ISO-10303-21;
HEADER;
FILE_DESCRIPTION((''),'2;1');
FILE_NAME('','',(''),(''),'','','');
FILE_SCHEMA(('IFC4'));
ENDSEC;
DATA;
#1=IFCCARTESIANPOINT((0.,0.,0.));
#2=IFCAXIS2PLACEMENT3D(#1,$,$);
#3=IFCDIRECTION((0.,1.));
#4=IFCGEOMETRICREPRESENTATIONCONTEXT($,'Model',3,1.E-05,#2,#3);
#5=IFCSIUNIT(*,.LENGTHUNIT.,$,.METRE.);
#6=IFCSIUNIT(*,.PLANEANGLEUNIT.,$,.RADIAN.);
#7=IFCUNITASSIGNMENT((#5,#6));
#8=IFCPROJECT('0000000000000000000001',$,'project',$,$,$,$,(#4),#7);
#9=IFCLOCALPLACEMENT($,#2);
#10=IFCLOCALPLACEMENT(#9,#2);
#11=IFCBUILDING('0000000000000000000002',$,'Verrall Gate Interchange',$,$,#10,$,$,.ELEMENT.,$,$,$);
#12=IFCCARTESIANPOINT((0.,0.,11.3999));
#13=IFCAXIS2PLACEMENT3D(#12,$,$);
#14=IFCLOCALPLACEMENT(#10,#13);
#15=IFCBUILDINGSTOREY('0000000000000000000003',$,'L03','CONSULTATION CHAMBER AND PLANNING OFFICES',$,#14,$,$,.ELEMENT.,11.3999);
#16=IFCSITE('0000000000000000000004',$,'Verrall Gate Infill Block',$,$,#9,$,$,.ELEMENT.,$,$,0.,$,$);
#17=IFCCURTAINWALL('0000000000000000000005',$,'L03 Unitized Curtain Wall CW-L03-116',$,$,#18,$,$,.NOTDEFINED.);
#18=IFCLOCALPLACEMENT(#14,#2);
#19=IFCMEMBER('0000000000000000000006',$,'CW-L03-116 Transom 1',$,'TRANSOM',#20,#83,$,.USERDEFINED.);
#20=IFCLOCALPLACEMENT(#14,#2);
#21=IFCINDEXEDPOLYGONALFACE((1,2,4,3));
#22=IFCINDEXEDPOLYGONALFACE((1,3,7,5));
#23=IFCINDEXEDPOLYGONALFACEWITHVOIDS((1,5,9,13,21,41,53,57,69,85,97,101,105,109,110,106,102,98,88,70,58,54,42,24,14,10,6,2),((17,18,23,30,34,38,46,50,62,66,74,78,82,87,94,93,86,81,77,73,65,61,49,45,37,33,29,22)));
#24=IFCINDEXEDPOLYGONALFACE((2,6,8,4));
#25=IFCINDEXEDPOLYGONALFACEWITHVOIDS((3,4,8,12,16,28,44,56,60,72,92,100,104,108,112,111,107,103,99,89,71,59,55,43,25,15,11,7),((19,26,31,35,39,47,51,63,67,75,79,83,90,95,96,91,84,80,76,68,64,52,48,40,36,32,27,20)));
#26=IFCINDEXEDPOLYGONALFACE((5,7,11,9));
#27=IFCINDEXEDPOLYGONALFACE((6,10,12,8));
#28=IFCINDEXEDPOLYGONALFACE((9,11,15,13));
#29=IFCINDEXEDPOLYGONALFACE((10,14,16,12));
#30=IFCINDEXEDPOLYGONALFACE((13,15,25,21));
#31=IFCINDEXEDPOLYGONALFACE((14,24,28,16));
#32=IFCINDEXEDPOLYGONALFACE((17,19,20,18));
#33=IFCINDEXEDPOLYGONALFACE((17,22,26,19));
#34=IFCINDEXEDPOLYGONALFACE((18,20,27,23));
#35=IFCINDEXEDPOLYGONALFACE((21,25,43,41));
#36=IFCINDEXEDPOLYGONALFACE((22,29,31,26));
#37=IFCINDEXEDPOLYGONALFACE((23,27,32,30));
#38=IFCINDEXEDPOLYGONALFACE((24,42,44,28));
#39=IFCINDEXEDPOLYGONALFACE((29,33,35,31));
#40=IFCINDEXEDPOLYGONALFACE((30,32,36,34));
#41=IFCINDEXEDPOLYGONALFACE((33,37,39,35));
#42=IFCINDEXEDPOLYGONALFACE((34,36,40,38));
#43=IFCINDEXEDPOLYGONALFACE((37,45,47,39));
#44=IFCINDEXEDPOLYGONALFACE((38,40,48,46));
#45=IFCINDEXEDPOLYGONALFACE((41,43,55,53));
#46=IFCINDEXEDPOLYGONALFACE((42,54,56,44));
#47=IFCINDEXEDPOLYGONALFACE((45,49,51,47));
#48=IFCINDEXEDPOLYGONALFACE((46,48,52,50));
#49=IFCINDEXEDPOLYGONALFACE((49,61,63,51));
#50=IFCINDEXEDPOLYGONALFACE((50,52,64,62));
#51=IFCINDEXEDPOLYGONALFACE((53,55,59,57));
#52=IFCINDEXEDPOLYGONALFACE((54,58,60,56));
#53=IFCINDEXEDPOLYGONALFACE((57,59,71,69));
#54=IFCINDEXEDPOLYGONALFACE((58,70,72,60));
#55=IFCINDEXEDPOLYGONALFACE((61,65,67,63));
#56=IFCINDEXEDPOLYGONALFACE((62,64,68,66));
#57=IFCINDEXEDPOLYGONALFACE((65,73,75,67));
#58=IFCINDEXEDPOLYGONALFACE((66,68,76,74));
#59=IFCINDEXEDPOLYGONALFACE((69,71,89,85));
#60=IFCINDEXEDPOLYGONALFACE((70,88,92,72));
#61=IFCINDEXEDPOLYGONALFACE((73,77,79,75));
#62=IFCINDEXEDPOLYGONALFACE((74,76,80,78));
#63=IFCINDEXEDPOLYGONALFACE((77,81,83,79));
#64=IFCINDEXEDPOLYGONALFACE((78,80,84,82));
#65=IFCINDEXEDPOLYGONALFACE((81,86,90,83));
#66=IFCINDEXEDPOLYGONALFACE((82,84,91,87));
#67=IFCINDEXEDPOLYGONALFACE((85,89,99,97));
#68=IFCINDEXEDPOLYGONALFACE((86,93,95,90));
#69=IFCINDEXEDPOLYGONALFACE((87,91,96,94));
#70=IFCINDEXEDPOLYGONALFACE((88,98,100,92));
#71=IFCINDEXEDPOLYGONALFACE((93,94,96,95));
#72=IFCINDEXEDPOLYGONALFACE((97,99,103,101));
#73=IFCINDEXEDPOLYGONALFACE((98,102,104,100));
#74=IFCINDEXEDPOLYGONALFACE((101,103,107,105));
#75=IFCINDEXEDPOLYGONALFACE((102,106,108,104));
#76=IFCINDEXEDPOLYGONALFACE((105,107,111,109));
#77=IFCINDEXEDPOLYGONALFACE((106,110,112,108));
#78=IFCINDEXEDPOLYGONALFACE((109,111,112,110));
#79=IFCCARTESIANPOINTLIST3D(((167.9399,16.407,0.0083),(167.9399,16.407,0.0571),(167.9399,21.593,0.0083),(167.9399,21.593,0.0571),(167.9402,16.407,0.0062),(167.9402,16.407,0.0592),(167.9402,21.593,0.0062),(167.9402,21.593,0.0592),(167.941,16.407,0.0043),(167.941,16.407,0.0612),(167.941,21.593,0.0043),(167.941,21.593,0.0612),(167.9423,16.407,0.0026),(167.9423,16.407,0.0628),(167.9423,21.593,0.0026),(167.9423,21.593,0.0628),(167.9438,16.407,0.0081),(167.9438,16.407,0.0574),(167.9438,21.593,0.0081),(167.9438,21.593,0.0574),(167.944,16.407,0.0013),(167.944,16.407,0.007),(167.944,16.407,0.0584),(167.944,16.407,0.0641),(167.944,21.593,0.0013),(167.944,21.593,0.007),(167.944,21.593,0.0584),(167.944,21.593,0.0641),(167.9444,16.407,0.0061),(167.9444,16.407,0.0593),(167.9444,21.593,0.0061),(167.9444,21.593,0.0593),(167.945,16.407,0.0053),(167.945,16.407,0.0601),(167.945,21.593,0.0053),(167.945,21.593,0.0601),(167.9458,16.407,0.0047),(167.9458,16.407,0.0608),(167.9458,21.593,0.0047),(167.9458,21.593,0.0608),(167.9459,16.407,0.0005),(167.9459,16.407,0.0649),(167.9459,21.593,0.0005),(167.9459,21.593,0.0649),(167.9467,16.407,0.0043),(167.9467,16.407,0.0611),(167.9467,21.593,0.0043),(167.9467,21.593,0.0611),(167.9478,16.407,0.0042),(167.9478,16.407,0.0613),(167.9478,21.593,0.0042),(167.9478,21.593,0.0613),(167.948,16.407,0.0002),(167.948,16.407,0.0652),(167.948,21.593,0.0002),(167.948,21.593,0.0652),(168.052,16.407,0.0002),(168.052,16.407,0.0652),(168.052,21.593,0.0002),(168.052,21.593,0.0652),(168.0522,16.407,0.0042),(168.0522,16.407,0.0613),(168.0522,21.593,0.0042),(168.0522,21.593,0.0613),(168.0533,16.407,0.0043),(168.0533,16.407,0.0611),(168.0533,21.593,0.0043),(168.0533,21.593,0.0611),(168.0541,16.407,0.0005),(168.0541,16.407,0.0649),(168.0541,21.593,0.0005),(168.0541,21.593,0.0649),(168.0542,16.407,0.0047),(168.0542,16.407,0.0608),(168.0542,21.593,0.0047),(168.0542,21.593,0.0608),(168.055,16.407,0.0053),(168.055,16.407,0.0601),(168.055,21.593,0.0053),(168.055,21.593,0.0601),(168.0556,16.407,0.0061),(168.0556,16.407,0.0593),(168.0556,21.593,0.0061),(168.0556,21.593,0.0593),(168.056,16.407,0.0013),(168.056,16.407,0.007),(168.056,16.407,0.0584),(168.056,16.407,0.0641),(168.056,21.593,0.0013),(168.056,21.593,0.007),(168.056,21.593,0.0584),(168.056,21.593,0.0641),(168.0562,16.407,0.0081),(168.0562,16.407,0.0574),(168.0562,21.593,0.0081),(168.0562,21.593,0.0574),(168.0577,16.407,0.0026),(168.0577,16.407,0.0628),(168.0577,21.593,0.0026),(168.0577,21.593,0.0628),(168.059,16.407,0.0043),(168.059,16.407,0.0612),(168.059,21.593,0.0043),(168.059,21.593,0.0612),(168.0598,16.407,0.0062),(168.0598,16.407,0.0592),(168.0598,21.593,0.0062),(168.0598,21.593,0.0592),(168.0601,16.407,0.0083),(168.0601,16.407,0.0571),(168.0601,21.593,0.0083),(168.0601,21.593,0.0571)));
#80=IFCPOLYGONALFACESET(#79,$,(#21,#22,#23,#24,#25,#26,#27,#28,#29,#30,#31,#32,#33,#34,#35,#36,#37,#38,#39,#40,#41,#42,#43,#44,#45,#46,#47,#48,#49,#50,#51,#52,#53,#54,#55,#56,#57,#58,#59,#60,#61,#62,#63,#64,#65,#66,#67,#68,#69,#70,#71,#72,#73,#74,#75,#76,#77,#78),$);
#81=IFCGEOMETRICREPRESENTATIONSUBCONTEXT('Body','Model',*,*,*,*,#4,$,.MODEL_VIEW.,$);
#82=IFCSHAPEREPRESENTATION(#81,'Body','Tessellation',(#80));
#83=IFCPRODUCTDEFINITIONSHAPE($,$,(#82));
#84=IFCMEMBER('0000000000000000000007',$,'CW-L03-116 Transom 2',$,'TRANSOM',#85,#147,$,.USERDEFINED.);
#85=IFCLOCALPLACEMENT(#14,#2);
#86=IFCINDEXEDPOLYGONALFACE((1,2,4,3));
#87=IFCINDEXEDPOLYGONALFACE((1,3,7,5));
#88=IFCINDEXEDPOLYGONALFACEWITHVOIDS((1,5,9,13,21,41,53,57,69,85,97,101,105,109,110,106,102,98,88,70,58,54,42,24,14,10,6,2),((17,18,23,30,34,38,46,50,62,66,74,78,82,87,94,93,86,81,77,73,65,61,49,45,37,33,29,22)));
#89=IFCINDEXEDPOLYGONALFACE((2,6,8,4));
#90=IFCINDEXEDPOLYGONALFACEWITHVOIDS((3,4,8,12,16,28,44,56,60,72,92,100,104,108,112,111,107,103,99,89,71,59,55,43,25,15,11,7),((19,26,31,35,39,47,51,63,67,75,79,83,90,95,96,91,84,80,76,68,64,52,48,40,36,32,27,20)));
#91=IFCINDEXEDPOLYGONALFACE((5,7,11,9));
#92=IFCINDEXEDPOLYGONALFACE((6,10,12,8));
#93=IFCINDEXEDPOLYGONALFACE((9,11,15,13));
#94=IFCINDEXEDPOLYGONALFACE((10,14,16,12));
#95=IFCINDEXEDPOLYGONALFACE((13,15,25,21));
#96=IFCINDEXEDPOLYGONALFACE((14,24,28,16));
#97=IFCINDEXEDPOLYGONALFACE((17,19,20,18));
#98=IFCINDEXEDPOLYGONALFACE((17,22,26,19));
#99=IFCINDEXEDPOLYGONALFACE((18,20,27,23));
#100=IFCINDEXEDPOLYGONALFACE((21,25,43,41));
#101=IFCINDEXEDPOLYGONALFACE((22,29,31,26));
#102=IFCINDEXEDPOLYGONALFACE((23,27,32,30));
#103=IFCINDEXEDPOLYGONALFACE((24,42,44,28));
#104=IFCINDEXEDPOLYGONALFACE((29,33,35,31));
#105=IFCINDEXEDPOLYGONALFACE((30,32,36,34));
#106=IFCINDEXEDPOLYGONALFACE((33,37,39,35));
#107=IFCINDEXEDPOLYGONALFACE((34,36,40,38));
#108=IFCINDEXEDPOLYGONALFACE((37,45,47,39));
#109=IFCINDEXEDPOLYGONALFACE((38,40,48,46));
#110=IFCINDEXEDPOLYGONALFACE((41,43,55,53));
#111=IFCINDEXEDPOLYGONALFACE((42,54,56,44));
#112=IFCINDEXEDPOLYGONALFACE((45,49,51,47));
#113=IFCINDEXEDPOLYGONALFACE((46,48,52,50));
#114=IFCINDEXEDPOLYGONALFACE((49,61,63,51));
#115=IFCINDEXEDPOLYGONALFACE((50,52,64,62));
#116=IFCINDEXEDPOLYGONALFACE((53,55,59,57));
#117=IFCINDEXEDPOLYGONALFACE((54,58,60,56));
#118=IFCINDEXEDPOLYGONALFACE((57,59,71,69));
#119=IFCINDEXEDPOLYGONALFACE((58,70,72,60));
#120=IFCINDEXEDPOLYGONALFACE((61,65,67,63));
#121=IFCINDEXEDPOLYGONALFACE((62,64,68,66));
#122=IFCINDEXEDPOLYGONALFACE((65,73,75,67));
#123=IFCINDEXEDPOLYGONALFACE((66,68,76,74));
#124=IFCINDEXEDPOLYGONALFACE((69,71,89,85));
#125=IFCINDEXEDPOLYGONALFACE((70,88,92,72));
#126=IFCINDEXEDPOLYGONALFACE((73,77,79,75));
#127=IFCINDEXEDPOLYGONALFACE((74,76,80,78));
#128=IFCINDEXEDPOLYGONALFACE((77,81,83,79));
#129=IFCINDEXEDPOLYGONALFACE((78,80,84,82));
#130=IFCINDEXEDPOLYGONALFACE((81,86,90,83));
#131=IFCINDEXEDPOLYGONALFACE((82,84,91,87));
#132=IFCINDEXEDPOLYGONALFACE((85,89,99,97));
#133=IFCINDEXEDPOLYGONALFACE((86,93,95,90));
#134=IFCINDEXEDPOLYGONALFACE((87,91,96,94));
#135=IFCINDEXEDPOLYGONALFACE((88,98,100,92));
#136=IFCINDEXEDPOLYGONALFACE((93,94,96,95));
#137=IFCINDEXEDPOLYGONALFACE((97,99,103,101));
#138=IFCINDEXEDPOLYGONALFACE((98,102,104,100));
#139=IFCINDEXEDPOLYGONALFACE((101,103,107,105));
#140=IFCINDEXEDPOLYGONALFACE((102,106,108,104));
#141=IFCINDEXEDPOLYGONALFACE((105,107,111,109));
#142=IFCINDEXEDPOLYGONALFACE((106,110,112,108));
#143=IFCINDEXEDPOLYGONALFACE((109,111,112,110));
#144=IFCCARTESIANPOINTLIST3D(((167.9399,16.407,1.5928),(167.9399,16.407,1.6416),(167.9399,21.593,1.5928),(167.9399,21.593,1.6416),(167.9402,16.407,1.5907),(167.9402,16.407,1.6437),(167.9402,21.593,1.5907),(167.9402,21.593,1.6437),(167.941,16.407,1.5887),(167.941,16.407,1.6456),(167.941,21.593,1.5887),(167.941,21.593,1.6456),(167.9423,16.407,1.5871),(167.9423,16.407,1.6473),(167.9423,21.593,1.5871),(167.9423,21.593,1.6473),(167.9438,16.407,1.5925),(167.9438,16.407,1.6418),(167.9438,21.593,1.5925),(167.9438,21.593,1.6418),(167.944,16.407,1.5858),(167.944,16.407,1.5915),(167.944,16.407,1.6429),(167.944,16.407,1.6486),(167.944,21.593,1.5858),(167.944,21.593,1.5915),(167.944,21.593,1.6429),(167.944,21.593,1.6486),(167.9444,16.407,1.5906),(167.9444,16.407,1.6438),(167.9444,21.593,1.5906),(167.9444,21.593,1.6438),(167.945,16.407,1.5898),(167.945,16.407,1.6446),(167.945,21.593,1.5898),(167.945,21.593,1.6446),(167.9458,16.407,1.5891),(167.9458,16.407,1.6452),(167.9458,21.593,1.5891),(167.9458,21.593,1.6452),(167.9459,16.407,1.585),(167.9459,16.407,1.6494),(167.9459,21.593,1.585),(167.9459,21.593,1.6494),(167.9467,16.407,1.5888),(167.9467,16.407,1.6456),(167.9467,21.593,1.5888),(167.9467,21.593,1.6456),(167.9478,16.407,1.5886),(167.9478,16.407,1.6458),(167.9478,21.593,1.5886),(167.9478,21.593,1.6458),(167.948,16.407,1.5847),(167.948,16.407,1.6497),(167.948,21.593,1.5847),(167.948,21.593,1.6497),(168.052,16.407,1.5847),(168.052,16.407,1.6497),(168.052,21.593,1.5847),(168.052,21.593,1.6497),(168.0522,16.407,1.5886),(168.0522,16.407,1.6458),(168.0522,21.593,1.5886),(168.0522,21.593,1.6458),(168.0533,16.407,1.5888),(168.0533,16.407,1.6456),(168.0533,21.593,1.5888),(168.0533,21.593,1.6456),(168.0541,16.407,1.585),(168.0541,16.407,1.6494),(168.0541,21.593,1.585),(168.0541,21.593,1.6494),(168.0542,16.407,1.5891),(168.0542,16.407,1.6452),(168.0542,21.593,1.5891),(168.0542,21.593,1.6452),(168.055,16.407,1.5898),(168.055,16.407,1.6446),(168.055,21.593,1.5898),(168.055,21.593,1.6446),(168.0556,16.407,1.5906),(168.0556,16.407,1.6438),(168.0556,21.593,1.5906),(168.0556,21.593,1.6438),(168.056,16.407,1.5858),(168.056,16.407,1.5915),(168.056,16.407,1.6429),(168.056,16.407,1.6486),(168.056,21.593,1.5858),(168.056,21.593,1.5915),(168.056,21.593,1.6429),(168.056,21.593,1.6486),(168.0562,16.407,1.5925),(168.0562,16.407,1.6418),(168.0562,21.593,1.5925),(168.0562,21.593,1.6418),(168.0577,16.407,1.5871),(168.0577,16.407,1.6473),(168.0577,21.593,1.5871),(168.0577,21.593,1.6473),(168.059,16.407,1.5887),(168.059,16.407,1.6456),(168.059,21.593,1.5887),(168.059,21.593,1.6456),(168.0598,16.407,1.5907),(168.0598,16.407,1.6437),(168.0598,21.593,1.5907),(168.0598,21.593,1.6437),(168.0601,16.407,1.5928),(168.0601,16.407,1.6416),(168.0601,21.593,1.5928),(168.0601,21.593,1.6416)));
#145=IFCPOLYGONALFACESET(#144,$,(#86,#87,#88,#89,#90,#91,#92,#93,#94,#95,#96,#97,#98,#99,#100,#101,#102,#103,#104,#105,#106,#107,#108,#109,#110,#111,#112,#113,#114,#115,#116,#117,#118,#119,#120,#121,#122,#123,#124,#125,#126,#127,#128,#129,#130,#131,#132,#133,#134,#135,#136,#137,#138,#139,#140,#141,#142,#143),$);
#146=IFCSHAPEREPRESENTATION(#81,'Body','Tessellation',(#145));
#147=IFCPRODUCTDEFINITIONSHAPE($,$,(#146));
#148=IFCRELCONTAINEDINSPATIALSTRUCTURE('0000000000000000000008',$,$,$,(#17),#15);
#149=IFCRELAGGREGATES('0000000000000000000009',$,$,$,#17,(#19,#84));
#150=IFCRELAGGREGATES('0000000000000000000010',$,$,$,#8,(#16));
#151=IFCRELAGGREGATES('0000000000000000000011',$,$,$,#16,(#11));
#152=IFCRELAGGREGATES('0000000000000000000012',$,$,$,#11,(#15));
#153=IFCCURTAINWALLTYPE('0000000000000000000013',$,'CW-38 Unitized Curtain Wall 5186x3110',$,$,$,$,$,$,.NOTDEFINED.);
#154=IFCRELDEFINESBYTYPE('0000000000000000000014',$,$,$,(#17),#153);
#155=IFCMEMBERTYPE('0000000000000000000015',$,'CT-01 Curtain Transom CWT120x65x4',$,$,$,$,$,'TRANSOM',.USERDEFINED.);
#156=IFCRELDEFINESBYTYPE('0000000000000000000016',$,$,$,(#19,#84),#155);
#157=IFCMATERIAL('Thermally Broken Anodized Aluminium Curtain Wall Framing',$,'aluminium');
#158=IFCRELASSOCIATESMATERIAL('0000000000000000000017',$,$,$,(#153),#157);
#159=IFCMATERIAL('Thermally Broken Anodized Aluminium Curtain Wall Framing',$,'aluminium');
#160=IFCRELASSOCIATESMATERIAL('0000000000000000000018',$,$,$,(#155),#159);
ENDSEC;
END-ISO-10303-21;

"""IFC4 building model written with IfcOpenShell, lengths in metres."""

from ifc_helpers import new_model, si_unit, direction, frame, origin, origin_2d, place, context, subcontext, project, spatial, hollow_rectangle, extrude, material, material_profile, profile_set, type_object, element, aggregate, save


model = new_model("IFC4")

# Units and contexts
model_context = context("Model", 3, precision=1e-05, world=origin(), true_north=direction((0.0, 1.0)))
body_context = subcontext(model_context, "Body", "Model", "MODEL_VIEW")
ifc_project = project(units=[si_unit("LENGTHUNIT", "METRE"), si_unit("PLANEANGLEUNIT", "RADIAN")], contexts=[model_context])

# Site, building, storey
site_placement = place(None, origin())
site = spatial("IfcSite", under=ifc_project, at=site_placement, Name="Verrall Gate Infill Block", CompositionType="ELEMENT", RefElevation=0.0)
building_placement = place(site_placement, origin())
building = spatial("IfcBuilding", under=site, at=building_placement, Name="Verrall Gate Interchange", CompositionType="ELEMENT")
storey_placement = place(building_placement, frame((0.0, 0.0, 11.3999)))
storey = spatial("IfcBuildingStorey", under=building, at=storey_placement, Name="L03", Description="CONSULTATION CHAMBER AND PLANNING OFFICES", CompositionType="ELEMENT", Elevation=11.3999)

# Curtain wall
ifc_material_1 = material(Name="Thermally Broken Anodized Aluminium Curtain Wall Framing", Category="aluminium")
curtain_wall_type_1 = type_object("IfcCurtainWallType", Name="CW-38 Unitized Curtain Wall 5186x3110", PredefinedType="NOTDEFINED", material=ifc_material_1)
curtain_wall_1_placement = place(storey_placement, origin())
curtain_wall_1 = element("IfcCurtainWall", 1, at=curtain_wall_1_placement, inside=storey, type_object=curtain_wall_type_1, Name="L03 Unitized Curtain Wall CW-L03-116", PredefinedType="NOTDEFINED")

# Members
ifc_material_2 = material(Name="Thermally Broken Anodized Aluminium Curtain Wall Framing", Category="aluminium")
ifc_material_profile_1 = material_profile(ifc_material_2, hollow_rectangle(XDim=0.1201, YDim=0.0649, WallThickness=0.0039, InnerFilletRadius=0.0039, OuterFilletRadius=0.0081, at=origin_2d()), Name="CWT120x65x4")
ifc_profile_set_1 = profile_set([ifc_material_profile_1], Name="Thermally Broken Anodized Aluminium Curtain Wall Framing")
member_type_1 = type_object("IfcMemberType", Name="CT-01 Curtain Transom CWT120x65x4", ElementType="TRANSOM", PredefinedType="USERDEFINED", material=ifc_profile_set_1)
member_1_placement = place(storey_placement, frame((168.0, 16.407, 0.0327), z_axis=(0.0, 1.0, 0.0), x_axis=(-1.0, 0.0, 0.0)))
member_1 = element("IfcMember", 2, at=member_1_placement, type_object=member_type_1, Name="CW-L03-116 Transom 1", ObjectType="TRANSOM", PredefinedType="USERDEFINED", context=body_context, shape_type="SweptSolid", body=[
    extrude(hollow_rectangle(XDim=0.1201, YDim=0.0649, WallThickness=0.0039, InnerFilletRadius=0.0039, OuterFilletRadius=0.0081, at=origin_2d()), origin(), (0.0, 0.0, 1.0), 5.186),
])
member_2_placement = place(storey_placement, frame((168.0, 16.407, 1.6172), z_axis=(0.0, 1.0, 0.0), x_axis=(-1.0, 0.0, 0.0)))
member_2 = element("IfcMember", 3, at=member_2_placement, type_object=member_type_1, Name="CW-L03-116 Transom 2", ObjectType="TRANSOM", PredefinedType="USERDEFINED", context=body_context, shape_type="SweptSolid", body=[
    extrude(hollow_rectangle(XDim=0.1201, YDim=0.0649, WallThickness=0.0039, InnerFilletRadius=0.0039, OuterFilletRadius=0.0081, at=origin_2d()), origin(), (0.0, 0.0, 1.0), 5.186),
])

aggregate(curtain_wall_1, [member_1, member_2])

save(model, "model.ifc")
